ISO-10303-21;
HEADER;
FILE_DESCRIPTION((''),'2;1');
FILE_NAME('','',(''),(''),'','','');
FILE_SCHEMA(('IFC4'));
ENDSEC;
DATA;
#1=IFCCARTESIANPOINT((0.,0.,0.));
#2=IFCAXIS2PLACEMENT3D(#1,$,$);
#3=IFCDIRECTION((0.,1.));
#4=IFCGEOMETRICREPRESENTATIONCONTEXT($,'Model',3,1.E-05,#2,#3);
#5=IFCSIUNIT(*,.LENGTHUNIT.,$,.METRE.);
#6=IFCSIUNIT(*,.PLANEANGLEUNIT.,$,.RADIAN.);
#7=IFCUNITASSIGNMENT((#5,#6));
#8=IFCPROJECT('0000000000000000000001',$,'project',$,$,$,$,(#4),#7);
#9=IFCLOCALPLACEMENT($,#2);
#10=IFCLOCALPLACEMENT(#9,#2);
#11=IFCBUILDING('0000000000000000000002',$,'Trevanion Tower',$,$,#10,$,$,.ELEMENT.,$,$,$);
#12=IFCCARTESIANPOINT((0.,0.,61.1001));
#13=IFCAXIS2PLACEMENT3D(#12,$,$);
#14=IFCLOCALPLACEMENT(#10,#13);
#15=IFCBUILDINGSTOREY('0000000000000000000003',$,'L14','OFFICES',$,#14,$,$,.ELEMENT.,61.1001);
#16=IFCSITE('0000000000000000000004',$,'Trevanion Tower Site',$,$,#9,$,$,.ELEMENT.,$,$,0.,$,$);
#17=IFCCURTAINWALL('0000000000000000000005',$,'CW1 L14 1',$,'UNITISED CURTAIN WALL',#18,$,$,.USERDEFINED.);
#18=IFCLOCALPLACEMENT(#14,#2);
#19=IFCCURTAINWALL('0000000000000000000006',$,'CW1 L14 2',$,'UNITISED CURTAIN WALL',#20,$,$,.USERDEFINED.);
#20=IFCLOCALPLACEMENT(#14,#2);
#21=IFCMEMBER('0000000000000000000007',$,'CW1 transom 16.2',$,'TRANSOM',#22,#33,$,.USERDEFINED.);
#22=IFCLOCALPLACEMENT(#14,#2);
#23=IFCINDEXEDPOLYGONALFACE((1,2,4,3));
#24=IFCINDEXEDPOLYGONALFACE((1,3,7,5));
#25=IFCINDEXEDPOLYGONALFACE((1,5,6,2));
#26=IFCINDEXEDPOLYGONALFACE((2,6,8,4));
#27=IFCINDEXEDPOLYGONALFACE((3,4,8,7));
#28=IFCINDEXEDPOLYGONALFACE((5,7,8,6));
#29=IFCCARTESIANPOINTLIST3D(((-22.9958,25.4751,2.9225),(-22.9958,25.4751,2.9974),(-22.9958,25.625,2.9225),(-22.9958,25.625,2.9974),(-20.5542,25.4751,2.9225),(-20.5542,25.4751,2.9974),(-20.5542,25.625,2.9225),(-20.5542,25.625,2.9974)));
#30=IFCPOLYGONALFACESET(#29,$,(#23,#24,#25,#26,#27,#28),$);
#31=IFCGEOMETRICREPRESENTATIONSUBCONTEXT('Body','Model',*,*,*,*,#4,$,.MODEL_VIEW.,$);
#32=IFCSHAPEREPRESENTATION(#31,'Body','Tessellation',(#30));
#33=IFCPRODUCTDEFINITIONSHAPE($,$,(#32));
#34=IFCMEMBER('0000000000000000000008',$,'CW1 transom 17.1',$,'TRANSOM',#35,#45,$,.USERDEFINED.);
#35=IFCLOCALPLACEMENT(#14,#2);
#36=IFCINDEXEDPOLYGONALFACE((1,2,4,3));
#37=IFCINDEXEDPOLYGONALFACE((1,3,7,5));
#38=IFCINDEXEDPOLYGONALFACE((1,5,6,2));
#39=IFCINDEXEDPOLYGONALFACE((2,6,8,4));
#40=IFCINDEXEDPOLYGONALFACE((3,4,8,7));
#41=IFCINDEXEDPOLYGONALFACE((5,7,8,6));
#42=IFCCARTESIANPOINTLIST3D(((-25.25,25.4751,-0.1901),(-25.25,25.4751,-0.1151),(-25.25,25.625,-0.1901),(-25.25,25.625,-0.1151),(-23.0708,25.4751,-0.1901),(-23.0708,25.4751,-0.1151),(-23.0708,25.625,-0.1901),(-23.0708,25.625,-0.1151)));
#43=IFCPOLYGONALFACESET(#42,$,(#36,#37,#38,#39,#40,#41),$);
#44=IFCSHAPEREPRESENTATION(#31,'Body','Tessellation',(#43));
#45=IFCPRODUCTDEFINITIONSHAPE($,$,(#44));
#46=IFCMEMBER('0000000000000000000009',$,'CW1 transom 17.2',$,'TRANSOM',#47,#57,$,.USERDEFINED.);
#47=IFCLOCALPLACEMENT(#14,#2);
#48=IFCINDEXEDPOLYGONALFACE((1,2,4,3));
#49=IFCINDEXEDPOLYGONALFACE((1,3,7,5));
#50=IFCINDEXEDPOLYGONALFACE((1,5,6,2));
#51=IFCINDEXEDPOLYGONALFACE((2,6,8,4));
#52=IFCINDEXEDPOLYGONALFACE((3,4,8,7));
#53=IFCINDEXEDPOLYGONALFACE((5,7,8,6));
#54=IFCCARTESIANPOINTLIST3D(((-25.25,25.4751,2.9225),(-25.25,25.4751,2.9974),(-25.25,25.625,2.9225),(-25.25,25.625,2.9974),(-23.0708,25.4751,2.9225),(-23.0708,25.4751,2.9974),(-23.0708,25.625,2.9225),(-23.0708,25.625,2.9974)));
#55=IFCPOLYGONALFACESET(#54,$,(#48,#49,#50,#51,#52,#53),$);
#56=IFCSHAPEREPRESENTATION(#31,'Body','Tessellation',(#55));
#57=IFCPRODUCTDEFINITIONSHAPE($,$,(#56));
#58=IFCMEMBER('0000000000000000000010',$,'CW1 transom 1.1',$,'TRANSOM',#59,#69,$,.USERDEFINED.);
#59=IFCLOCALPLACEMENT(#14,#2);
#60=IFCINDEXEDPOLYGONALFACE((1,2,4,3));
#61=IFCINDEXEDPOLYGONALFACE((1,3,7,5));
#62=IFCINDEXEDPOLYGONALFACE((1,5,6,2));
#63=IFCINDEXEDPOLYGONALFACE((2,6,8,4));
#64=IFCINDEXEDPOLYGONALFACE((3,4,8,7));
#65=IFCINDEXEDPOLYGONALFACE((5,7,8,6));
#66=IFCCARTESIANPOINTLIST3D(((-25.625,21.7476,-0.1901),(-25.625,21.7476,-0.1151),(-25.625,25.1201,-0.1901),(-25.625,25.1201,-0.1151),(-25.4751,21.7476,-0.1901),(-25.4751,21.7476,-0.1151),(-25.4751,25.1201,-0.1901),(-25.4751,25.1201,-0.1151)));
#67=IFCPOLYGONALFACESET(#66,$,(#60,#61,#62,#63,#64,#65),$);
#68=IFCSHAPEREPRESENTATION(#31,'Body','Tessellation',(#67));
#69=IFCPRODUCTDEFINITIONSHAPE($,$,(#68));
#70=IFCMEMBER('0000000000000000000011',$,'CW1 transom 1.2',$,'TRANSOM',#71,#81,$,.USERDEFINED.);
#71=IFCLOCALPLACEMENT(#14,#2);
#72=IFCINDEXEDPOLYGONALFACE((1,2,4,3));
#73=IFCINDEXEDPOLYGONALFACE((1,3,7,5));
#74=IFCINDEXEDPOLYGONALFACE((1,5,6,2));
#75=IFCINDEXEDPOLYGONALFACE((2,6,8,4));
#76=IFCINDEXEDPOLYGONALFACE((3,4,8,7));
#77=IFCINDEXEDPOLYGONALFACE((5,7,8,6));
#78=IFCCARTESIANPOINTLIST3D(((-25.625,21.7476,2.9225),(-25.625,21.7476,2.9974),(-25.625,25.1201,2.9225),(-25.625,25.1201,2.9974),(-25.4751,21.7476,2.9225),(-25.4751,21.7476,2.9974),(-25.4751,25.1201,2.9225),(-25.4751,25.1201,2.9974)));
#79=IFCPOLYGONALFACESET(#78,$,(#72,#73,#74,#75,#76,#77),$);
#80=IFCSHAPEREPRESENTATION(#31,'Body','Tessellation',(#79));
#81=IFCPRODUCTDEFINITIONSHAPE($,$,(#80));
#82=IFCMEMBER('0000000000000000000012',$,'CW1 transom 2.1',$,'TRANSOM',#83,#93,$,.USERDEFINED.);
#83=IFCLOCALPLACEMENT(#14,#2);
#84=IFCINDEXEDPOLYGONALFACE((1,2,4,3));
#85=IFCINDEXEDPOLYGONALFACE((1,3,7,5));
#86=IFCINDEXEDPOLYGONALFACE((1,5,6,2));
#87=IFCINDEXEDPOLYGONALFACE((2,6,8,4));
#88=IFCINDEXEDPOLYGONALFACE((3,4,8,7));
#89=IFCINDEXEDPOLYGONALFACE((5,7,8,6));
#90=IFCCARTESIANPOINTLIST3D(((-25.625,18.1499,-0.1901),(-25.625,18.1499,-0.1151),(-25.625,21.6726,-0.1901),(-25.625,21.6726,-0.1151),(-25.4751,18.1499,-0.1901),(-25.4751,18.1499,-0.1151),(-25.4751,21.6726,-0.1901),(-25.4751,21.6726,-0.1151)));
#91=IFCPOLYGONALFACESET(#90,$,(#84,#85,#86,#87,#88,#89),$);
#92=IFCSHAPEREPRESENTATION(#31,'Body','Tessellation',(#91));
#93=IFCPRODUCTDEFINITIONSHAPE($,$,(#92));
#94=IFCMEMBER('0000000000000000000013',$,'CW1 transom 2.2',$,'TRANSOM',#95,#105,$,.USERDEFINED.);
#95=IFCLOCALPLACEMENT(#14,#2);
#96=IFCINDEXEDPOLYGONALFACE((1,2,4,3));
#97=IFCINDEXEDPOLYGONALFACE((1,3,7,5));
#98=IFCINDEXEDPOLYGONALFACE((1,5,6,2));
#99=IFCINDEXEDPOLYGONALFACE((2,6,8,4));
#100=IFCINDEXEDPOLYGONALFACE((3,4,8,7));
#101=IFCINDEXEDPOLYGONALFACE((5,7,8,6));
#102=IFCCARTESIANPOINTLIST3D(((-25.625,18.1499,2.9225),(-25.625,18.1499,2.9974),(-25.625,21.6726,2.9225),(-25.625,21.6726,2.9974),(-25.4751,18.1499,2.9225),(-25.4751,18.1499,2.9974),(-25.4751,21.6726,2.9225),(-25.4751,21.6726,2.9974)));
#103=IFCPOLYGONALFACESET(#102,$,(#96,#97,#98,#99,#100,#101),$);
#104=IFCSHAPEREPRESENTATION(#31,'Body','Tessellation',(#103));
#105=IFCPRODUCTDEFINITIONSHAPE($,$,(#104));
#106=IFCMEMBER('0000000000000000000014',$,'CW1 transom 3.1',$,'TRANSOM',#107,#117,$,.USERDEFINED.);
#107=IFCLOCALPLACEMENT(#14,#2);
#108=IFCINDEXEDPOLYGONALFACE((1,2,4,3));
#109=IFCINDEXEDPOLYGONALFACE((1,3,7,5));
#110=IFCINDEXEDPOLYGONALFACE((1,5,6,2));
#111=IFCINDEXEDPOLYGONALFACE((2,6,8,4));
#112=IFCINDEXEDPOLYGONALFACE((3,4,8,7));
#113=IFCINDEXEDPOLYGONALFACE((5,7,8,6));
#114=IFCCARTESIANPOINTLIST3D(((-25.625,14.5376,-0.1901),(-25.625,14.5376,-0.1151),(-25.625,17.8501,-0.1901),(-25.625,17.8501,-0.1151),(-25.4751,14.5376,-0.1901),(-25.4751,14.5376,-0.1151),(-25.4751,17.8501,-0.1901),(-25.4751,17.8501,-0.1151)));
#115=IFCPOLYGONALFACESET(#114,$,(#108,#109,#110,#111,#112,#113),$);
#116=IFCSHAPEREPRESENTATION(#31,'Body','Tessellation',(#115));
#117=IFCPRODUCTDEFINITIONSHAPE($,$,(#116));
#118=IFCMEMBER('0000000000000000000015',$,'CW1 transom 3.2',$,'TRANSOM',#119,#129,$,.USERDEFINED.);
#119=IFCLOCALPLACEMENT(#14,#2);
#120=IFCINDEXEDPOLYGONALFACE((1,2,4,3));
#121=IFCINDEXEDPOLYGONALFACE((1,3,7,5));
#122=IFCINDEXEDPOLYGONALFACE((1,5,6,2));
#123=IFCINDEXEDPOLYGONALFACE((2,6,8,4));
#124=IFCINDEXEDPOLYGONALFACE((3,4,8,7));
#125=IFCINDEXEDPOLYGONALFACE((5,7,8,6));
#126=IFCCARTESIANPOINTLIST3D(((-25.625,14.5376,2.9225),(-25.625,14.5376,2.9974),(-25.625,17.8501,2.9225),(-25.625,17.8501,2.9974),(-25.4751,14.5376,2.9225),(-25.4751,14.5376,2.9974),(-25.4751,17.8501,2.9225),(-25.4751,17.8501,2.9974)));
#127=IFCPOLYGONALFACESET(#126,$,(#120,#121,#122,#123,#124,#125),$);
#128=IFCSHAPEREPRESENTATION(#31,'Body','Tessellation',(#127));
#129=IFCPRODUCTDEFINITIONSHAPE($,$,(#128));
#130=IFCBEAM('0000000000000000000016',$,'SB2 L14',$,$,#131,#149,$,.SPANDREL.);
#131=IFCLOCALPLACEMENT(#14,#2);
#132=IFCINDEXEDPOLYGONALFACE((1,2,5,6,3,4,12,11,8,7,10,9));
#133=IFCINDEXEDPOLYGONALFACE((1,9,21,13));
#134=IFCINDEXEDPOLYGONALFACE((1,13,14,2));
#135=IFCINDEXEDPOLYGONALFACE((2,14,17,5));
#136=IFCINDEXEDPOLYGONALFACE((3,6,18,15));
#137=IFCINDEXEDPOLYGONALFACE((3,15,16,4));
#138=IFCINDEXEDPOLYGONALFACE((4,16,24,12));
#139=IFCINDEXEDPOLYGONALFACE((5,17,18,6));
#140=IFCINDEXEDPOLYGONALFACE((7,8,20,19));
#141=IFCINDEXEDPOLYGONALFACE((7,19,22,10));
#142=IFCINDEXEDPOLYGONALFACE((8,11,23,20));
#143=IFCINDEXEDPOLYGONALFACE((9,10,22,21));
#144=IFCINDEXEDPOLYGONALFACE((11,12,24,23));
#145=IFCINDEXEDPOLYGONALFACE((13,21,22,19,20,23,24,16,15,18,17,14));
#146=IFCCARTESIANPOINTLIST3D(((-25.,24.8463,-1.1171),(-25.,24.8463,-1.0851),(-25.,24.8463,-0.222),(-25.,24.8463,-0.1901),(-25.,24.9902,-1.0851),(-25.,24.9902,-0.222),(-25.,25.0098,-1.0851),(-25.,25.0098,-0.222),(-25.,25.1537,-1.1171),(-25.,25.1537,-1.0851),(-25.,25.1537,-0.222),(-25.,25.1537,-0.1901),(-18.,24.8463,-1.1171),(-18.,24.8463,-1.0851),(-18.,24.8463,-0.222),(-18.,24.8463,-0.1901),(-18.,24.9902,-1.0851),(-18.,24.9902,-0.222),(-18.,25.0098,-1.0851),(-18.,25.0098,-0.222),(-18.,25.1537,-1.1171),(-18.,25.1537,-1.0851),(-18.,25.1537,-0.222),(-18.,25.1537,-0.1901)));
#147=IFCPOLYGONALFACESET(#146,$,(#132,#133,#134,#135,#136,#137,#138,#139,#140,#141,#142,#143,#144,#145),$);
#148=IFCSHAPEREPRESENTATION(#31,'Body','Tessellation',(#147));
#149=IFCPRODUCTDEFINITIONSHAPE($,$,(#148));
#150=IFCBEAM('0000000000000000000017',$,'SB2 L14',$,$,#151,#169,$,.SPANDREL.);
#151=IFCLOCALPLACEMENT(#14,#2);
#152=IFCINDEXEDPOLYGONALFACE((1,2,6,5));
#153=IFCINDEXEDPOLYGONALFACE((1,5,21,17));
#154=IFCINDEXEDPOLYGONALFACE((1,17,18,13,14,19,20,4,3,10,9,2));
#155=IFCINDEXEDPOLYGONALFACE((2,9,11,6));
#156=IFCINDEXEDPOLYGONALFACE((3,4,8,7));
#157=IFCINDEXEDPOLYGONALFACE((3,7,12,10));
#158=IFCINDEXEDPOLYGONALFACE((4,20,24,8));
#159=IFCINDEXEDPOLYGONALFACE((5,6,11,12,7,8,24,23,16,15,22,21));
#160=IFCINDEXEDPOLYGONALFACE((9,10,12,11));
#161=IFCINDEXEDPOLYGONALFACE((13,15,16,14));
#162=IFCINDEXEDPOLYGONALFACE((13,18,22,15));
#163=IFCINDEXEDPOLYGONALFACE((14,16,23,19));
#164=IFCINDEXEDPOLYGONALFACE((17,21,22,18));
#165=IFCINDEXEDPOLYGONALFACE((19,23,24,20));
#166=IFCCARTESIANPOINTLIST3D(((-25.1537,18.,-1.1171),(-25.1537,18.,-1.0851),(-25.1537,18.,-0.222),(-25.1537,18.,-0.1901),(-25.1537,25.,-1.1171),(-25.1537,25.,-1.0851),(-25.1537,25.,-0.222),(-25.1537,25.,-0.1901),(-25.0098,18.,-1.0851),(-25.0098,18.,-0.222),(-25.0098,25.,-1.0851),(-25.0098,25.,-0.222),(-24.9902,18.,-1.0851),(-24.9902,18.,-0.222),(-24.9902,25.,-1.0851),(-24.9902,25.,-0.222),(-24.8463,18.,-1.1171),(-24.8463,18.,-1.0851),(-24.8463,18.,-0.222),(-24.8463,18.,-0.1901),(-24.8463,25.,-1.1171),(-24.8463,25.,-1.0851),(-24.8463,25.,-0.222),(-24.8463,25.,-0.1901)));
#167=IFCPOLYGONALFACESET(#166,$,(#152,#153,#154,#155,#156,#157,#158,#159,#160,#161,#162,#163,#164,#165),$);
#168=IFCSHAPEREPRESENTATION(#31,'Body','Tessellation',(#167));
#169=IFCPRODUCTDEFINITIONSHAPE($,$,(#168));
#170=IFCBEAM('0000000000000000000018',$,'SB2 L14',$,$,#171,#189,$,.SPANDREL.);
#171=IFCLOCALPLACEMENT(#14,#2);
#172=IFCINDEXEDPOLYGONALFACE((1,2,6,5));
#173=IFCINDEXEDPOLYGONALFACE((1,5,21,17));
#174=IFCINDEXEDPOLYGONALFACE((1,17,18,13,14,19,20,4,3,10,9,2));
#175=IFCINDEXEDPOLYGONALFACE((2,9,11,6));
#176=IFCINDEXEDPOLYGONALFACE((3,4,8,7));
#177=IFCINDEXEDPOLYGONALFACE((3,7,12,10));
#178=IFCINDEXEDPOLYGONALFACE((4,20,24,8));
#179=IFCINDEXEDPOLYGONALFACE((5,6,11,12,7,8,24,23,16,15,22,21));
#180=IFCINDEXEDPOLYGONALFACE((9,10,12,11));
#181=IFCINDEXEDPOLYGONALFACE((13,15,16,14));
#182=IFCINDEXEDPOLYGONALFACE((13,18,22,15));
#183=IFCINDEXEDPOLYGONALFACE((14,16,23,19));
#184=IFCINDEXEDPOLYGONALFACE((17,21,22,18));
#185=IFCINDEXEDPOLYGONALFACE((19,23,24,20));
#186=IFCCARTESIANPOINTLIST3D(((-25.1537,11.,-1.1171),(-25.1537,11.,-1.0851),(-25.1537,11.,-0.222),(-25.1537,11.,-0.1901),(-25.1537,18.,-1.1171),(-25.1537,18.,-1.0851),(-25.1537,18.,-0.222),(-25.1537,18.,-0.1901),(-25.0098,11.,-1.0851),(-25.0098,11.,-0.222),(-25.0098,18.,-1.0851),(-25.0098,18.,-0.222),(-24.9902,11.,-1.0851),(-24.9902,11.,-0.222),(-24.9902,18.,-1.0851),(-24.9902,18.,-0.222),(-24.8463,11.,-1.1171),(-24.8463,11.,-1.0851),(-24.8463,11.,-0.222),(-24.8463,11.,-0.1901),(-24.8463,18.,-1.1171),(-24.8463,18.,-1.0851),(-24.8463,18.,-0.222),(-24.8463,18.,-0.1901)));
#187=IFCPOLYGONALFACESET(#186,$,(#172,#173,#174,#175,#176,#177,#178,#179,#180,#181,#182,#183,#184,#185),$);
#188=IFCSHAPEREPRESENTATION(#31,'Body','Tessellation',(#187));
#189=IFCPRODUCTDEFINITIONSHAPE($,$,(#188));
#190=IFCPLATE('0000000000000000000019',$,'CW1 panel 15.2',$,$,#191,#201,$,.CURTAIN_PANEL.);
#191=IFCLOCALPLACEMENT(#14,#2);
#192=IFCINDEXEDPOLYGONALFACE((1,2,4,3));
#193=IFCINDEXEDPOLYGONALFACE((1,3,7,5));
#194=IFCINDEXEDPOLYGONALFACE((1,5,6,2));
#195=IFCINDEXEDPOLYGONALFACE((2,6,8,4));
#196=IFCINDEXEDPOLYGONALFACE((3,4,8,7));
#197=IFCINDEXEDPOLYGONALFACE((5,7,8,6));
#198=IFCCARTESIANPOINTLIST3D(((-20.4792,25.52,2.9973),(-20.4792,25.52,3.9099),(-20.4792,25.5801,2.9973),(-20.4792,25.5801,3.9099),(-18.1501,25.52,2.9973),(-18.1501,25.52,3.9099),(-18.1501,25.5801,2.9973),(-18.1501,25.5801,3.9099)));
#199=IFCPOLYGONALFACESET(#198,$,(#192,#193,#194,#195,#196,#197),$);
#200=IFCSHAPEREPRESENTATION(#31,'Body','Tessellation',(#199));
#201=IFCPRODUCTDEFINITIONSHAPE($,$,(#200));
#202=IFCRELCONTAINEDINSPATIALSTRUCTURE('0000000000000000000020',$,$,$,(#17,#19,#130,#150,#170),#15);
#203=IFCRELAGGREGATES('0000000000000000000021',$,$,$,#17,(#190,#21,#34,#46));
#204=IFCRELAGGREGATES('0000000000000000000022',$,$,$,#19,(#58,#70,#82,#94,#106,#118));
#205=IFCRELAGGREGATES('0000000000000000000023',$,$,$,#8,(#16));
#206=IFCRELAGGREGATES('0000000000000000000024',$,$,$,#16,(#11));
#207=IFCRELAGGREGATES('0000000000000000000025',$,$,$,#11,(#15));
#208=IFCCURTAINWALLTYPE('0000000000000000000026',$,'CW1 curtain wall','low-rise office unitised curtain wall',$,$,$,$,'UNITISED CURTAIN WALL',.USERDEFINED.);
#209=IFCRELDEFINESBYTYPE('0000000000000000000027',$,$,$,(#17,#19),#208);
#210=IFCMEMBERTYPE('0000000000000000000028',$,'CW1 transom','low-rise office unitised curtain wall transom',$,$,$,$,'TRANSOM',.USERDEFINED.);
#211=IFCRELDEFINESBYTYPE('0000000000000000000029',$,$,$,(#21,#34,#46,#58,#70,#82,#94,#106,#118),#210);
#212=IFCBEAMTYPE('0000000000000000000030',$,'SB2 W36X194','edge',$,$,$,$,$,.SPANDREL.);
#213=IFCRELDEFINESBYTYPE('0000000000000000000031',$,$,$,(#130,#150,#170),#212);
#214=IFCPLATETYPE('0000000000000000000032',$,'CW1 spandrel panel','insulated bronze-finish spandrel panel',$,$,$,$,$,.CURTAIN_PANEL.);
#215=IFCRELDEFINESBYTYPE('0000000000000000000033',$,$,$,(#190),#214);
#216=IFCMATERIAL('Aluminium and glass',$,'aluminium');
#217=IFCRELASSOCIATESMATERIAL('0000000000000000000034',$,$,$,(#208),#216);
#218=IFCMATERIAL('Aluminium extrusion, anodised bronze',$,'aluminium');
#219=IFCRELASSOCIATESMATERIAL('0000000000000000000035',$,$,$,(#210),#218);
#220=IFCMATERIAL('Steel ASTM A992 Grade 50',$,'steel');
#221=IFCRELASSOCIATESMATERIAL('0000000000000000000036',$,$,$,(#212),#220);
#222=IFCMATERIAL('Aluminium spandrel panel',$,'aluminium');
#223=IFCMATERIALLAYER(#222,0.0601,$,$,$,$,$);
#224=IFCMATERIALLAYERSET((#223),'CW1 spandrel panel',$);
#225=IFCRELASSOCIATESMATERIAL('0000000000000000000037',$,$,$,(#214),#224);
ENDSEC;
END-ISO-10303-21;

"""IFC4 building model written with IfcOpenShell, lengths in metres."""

from ifc_helpers import new_model, si_unit, direction, frame, origin, origin_2d, place, context, subcontext, project, spatial, rectangle, i_section, extrude, material, layer, layer_set, material_profile, profile_set, type_object, element, aggregate, save


model = new_model("IFC4")

# Units and contexts
model_context = context("Model", 3, precision=1e-05, world=origin(), true_north=direction((0.0, 1.0)))
body_context = subcontext(model_context, "Body", "Model", "MODEL_VIEW")
ifc_project = project(units=[si_unit("LENGTHUNIT", "METRE"), si_unit("PLANEANGLEUNIT", "RADIAN")], contexts=[model_context])

# Site, building, storey
site_placement = place(None, origin())
site = spatial("IfcSite", under=ifc_project, at=site_placement, Name="Trevanion Tower Site", CompositionType="ELEMENT", RefElevation=0.0)
building_placement = place(site_placement, origin())
building = spatial("IfcBuilding", under=site, at=building_placement, Name="Trevanion Tower", CompositionType="ELEMENT")
storey_placement = place(building_placement, frame((0.0, 0.0, 61.1001)))
storey = spatial("IfcBuildingStorey", under=building, at=storey_placement, Name="L14", Description="OFFICES", CompositionType="ELEMENT", Elevation=61.1001)

# Curtain wall
ifc_material_1 = material(Name="Aluminium and glass", Category="aluminium")
curtain_wall_type = type_object("IfcCurtainWallType", Name="CW1 curtain wall", Description="low-rise office unitised curtain wall", ElementType="UNITISED CURTAIN WALL", PredefinedType="USERDEFINED", material=ifc_material_1)
curtain_wall_1_placement = place(storey_placement, origin())
curtain_wall_1 = element("IfcCurtainWall", 1, at=curtain_wall_1_placement, inside=storey, type_object=curtain_wall_type, Name="CW1 L14 1", ObjectType="UNITISED CURTAIN WALL", PredefinedType="USERDEFINED")

# Curtain wall
curtain_wall_2_placement = place(storey_placement, origin())
curtain_wall_2 = element("IfcCurtainWall", 2, at=curtain_wall_2_placement, inside=storey, type_object=curtain_wall_type, Name="CW1 L14 2", ObjectType="UNITISED CURTAIN WALL", PredefinedType="USERDEFINED")

# Members
ifc_material_2 = material(Name="Aluminium extrusion, anodised bronze", Category="aluminium")
ifc_material_profile_1 = material_profile(ifc_material_2, rectangle(XDim=0.1499, YDim=0.075, at=origin_2d()), Name="CW1 transom")
ifc_profile_set_1 = profile_set([ifc_material_profile_1], Name="Aluminium extrusion, anodised bronze")
member_type_1 = type_object("IfcMemberType", Name="CW1 transom", Description="low-rise office unitised curtain wall transom", ElementType="TRANSOM", PredefinedType="USERDEFINED", material=ifc_profile_set_1)
member_1_placement = place(storey_placement, frame((-20.5542, 25.55, 2.96), z_axis=(-1.0, 0.0, 0.0), x_axis=(0.0, -1.0, 0.0)))
member_1 = element("IfcMember", 3, at=member_1_placement, type_object=member_type_1, Name="CW1 transom 16.2", ObjectType="TRANSOM", PredefinedType="USERDEFINED", context=body_context, shape_type="SweptSolid", body=[
    extrude(rectangle(XDim=0.1499, YDim=0.075, at=origin_2d()), origin(), (0.0, 0.0, 1.0), 2.4417),
])
member_2_placement = place(storey_placement, frame((-23.0708, 25.55, -0.1526), z_axis=(-1.0, 0.0, 0.0), x_axis=(0.0, -1.0, 0.0)))
member_2 = element("IfcMember", 4, at=member_2_placement, type_object=member_type_1, Name="CW1 transom 17.1", ObjectType="TRANSOM", PredefinedType="USERDEFINED", context=body_context, shape_type="SweptSolid", body=[
    extrude(rectangle(XDim=0.1499, YDim=0.075, at=origin_2d()), origin(), (0.0, 0.0, 1.0), 2.1792),
])
member_3_placement = place(storey_placement, frame((-23.0708, 25.55, 2.96), z_axis=(-1.0, 0.0, 0.0), x_axis=(0.0, -1.0, 0.0)))
member_3 = element("IfcMember", 5, at=member_3_placement, type_object=member_type_1, Name="CW1 transom 17.2", ObjectType="TRANSOM", PredefinedType="USERDEFINED", context=body_context, shape_type="SweptSolid", body=[
    extrude(rectangle(XDim=0.1499, YDim=0.075, at=origin_2d()), origin(), (0.0, 0.0, 1.0), 2.1792),
])
member_4_placement = place(storey_placement, frame((-25.55, 25.1201, -0.1526), z_axis=(0.0, -1.0, 0.0), x_axis=(1.0, 0.0, 0.0)))
member_4 = element("IfcMember", 6, at=member_4_placement, type_object=member_type_1, Name="CW1 transom 1.1", ObjectType="TRANSOM", PredefinedType="USERDEFINED", context=body_context, shape_type="SweptSolid", body=[
    extrude(rectangle(XDim=0.1499, YDim=0.075, at=origin_2d()), origin(), (0.0, 0.0, 1.0), 3.3726),
])
member_5_placement = place(storey_placement, frame((-25.55, 25.1201, 2.96), z_axis=(0.0, -1.0, 0.0), x_axis=(1.0, 0.0, 0.0)))
member_5 = element("IfcMember", 7, at=member_5_placement, type_object=member_type_1, Name="CW1 transom 1.2", ObjectType="TRANSOM", PredefinedType="USERDEFINED", context=body_context, shape_type="SweptSolid", body=[
    extrude(rectangle(XDim=0.1499, YDim=0.075, at=origin_2d()), origin(), (0.0, 0.0, 1.0), 3.3726),
])
member_6_placement = place(storey_placement, frame((-25.55, 21.6726, -0.1526), z_axis=(0.0, -1.0, 0.0), x_axis=(1.0, 0.0, 0.0)))
member_6 = element("IfcMember", 8, at=member_6_placement, type_object=member_type_1, Name="CW1 transom 2.1", ObjectType="TRANSOM", PredefinedType="USERDEFINED", context=body_context, shape_type="SweptSolid", body=[
    extrude(rectangle(XDim=0.1499, YDim=0.075, at=origin_2d()), origin(), (0.0, 0.0, 1.0), 3.5227),
])
member_7_placement = place(storey_placement, frame((-25.55, 21.6726, 2.96), z_axis=(0.0, -1.0, 0.0), x_axis=(1.0, 0.0, 0.0)))
member_7 = element("IfcMember", 9, at=member_7_placement, type_object=member_type_1, Name="CW1 transom 2.2", ObjectType="TRANSOM", PredefinedType="USERDEFINED", context=body_context, shape_type="SweptSolid", body=[
    extrude(rectangle(XDim=0.1499, YDim=0.075, at=origin_2d()), origin(), (0.0, 0.0, 1.0), 3.5227),
])
member_8_placement = place(storey_placement, frame((-25.55, 17.8501, -0.1526), z_axis=(0.0, -1.0, 0.0), x_axis=(1.0, 0.0, 0.0)))
member_8 = element("IfcMember", 10, at=member_8_placement, type_object=member_type_1, Name="CW1 transom 3.1", ObjectType="TRANSOM", PredefinedType="USERDEFINED", context=body_context, shape_type="SweptSolid", body=[
    extrude(rectangle(XDim=0.1499, YDim=0.075, at=origin_2d()), origin(), (0.0, 0.0, 1.0), 3.3125),
])
member_9_placement = place(storey_placement, frame((-25.55, 17.8501, 2.96), z_axis=(0.0, -1.0, 0.0), x_axis=(1.0, 0.0, 0.0)))
member_9 = element("IfcMember", 11, at=member_9_placement, type_object=member_type_1, Name="CW1 transom 3.2", ObjectType="TRANSOM", PredefinedType="USERDEFINED", context=body_context, shape_type="SweptSolid", body=[
    extrude(rectangle(XDim=0.1499, YDim=0.075, at=origin_2d()), origin(), (0.0, 0.0, 1.0), 3.3125),
])

# Beams
ifc_material_3 = material(Name="Steel ASTM A992 Grade 50", Category="steel")
ifc_material_profile_2 = material_profile(ifc_material_3, i_section(OverallWidth=0.3074, OverallDepth=0.927, WebThickness=0.0195, FlangeThickness=0.032, at=origin_2d()), Name="W36X194")
ifc_profile_set_2 = profile_set([ifc_material_profile_2], Name="Steel ASTM A992 Grade 50")
beam_type = type_object("IfcBeamType", Name="SB2 W36X194", Description="edge", PredefinedType="SPANDREL", material=ifc_profile_set_2)
for number, where, z_axis, x_axis, name in (
    (12, (-18.0, 25.0, -0.6536), (-1.0, 0.0, 0.0), (0.0, -1.0, 0.0), "SB2 L14"),
    (13, (-25.0, 25.0, -0.6536), (0.0, -1.0, 0.0), (1.0, 0.0, 0.0), "SB2 L14"),
    (14, (-25.0, 18.0, -0.6536), (0.0, -1.0, 0.0), (1.0, 0.0, 0.0), "SB2 L14"),
):
    element("IfcBeam", number, at=place(storey_placement, frame(where, z_axis=z_axis, x_axis=x_axis)), inside=storey, type_object=beam_type, Name=name, PredefinedType="SPANDREL", context=body_context, shape_type="SweptSolid", body=[
        extrude(i_section(OverallWidth=0.3074, OverallDepth=0.927, WebThickness=0.0195, FlangeThickness=0.032, at=origin_2d()), origin(), (0.0, 0.0, 1.0), 7.0),
    ])

# Plate
ifc_material_4 = material(Name="Aluminium spandrel panel", Category="aluminium")
ifc_layer_1 = layer(ifc_material_4, 0.0601)
ifc_layer_set_1 = layer_set([ifc_layer_1], Name="CW1 spandrel panel")
plate_type_1 = type_object("IfcPlateType", Name="CW1 spandrel panel", Description="insulated bronze-finish spandrel panel", PredefinedType="CURTAIN_PANEL", material=ifc_layer_set_1)
plate_1_placement = place(storey_placement, frame((-19.3147, 25.55, 2.9973), z_axis=(0.0, 0.0, 1.0), x_axis=(-1.0, 0.0, 0.0)))
plate_1 = element("IfcPlate", 15, at=plate_1_placement, type_object=plate_type_1, Name="CW1 panel 15.2", PredefinedType="CURTAIN_PANEL", context=body_context, shape_type="SweptSolid", body=[
    extrude(rectangle(XDim=2.3291, YDim=0.0601, at=origin_2d()), origin(), (0.0, 0.0, 1.0), 0.9126),
])
aggregate(curtain_wall_1, [plate_1, member_1, member_2, member_3])
aggregate(curtain_wall_2, [member_4, member_5, member_6, member_7, member_8, member_9])

save(model, "model.ifc")
